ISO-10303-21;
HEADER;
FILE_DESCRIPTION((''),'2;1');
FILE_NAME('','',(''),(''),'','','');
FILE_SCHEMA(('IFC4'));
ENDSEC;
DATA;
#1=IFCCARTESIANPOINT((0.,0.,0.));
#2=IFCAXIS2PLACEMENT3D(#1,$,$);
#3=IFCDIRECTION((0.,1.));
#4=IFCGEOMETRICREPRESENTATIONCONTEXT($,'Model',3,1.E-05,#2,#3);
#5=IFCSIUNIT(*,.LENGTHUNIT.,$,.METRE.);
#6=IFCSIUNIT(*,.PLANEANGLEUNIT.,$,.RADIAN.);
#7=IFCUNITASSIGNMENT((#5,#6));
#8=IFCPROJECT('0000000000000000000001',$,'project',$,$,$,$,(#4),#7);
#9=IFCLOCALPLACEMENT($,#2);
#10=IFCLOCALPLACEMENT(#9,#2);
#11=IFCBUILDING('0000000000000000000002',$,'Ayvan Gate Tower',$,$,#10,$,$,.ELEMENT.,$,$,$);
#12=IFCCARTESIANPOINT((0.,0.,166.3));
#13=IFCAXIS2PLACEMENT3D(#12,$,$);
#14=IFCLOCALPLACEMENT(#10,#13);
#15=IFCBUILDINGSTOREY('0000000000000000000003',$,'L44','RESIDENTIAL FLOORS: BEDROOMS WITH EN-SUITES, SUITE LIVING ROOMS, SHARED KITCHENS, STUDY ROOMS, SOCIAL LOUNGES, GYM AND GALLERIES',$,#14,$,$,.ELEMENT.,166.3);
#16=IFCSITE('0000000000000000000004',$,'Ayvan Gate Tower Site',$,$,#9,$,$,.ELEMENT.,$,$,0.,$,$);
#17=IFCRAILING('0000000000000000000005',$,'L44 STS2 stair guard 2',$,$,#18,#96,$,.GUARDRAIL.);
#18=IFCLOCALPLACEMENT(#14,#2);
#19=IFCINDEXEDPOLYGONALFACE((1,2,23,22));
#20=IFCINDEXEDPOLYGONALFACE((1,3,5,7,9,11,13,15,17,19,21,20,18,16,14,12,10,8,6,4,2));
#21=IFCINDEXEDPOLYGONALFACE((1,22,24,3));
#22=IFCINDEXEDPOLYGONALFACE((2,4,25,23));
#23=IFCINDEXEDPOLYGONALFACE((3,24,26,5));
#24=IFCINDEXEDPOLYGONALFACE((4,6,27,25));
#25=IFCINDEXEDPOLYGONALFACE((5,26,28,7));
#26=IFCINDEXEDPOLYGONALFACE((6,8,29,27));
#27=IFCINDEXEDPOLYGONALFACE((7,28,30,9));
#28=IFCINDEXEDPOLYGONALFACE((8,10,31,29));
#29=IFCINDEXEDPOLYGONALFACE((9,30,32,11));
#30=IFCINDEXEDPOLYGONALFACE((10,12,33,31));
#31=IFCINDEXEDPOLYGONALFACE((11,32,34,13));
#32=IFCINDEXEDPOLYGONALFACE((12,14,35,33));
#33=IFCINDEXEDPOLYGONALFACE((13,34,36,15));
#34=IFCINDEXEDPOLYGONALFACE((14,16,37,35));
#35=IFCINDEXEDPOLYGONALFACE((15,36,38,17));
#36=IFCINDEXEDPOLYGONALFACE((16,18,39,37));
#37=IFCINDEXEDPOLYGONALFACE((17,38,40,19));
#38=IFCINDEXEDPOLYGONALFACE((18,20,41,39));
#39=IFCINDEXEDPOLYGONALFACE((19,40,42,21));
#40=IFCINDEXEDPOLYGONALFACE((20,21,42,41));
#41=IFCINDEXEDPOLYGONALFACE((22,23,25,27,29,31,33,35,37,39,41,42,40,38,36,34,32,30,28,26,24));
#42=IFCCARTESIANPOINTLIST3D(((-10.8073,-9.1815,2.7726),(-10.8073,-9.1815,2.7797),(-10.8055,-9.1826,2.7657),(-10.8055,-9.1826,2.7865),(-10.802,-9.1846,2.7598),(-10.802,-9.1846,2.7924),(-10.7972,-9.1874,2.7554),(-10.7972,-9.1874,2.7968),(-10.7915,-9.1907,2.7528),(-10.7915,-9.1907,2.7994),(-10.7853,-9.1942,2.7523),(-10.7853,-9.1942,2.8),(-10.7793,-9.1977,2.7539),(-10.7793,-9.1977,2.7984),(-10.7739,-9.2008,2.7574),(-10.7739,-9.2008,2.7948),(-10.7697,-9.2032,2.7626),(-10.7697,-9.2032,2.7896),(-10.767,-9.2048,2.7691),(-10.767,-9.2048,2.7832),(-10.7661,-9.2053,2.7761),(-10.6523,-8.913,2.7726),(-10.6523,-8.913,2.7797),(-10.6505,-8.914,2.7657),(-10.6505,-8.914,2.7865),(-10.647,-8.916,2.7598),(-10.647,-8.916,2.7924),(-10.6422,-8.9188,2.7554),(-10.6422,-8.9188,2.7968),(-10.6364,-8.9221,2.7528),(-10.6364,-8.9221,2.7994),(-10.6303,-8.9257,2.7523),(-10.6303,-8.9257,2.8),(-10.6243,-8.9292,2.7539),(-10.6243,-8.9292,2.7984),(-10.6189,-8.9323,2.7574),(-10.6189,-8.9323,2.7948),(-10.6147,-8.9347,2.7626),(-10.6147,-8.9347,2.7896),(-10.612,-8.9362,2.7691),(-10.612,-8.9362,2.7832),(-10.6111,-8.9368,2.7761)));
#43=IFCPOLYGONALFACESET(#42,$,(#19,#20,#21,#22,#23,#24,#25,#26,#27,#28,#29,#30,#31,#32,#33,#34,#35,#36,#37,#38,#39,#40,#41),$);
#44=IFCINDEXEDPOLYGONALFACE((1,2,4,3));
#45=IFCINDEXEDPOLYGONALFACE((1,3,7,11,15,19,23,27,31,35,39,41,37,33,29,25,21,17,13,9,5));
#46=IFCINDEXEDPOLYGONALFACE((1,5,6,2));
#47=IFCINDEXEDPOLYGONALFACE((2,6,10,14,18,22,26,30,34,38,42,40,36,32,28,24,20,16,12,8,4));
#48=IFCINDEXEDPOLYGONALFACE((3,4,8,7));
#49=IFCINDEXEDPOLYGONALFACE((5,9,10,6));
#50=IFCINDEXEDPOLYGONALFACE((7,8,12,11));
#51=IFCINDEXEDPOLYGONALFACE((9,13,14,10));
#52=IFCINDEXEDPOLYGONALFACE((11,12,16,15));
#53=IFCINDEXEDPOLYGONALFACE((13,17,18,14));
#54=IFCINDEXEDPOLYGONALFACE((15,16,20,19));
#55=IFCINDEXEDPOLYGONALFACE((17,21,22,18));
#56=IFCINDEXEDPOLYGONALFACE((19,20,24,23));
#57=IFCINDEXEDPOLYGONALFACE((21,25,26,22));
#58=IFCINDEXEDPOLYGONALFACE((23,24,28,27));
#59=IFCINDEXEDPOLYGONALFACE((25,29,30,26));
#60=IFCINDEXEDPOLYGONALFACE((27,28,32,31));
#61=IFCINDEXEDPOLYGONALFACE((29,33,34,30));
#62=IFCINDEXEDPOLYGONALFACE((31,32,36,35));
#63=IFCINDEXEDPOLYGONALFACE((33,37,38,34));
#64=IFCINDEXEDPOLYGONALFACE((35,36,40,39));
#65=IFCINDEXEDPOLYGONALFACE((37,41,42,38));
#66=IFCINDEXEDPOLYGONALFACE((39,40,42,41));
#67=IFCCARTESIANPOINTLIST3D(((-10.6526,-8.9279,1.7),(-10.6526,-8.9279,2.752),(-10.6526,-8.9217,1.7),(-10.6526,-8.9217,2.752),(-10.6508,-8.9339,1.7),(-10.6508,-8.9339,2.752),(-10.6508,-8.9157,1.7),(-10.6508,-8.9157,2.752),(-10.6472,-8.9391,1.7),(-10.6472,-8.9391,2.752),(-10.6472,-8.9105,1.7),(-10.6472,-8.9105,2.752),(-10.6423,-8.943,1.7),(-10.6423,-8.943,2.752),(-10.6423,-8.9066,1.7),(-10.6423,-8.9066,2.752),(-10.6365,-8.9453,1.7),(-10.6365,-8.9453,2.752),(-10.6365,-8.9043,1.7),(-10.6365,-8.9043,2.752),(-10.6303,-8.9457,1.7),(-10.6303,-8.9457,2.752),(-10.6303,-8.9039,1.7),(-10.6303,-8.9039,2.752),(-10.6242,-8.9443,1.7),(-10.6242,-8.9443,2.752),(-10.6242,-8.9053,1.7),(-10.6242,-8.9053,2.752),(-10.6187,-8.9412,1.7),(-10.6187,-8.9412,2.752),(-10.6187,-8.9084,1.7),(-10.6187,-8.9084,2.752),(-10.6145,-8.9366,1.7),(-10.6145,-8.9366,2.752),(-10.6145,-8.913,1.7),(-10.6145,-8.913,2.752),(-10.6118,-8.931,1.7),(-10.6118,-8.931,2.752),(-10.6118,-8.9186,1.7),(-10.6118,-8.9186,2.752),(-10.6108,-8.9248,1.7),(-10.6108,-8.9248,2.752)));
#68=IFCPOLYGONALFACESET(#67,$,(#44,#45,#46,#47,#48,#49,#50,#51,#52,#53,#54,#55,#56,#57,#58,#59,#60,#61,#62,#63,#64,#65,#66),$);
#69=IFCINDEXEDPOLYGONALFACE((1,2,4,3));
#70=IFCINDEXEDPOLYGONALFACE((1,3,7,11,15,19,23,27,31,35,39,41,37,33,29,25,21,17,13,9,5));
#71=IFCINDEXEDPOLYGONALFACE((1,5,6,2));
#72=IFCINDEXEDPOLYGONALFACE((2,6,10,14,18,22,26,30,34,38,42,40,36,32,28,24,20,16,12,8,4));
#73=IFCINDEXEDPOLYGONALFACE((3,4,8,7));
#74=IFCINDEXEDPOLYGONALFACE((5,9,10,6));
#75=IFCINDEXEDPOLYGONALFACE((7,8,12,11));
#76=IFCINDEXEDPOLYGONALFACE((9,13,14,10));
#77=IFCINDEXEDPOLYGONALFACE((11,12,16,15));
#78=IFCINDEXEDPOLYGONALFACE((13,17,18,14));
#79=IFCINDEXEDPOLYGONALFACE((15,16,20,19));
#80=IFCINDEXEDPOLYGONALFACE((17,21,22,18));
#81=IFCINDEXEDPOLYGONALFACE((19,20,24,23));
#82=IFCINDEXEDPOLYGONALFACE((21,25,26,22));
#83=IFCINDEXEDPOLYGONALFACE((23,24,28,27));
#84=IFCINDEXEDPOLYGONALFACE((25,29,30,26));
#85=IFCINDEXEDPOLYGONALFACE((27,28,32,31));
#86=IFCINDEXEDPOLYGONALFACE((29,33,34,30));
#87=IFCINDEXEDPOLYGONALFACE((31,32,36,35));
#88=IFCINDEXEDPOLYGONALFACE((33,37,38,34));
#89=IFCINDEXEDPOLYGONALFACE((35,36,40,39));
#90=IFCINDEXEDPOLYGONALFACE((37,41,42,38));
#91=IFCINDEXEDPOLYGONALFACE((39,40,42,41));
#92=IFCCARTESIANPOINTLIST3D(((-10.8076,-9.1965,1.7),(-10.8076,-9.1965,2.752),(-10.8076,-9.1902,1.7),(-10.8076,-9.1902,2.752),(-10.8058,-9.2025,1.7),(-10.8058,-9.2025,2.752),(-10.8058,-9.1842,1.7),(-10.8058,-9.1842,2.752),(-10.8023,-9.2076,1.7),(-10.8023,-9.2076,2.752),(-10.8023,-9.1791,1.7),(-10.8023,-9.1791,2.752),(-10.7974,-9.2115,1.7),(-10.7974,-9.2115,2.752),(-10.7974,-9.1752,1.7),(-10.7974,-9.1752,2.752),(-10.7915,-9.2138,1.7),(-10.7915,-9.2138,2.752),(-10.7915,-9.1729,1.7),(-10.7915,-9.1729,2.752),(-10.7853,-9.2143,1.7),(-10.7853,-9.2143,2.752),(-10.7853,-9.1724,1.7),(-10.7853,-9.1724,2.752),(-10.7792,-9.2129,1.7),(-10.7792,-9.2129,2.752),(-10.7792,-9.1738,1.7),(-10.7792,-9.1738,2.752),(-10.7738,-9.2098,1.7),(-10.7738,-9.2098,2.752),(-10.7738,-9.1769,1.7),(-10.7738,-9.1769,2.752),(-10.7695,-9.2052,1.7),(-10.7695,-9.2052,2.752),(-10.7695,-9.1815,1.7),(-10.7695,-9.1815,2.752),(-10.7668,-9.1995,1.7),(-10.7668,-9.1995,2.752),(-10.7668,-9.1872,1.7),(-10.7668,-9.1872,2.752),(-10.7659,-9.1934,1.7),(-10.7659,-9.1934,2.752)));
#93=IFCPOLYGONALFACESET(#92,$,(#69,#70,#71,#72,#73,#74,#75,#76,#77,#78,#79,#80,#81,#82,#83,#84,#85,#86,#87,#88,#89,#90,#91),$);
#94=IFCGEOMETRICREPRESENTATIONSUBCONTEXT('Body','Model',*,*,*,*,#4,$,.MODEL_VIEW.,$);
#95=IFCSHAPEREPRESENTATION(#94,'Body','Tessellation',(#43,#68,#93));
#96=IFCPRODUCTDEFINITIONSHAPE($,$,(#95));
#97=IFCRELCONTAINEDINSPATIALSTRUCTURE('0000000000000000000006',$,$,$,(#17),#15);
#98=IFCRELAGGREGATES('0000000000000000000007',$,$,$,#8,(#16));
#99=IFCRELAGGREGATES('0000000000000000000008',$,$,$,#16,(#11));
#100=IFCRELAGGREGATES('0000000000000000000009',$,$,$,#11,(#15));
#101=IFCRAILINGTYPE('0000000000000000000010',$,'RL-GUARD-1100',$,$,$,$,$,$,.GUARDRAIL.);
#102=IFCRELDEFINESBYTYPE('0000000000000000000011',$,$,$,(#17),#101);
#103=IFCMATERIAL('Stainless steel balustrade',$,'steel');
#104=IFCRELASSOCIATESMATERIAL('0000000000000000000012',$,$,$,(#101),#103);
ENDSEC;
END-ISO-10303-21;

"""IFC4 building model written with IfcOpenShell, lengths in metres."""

from ifc_helpers import new_model, si_unit, direction, frame, origin, origin_2d, place, context, subcontext, project, spatial, circle, extrude, material, type_object, element, save


model = new_model("IFC4")

# Units and contexts
model_context = context("Model", 3, precision=1e-05, world=origin(), true_north=direction((0.0, 1.0)))
body_context = subcontext(model_context, "Body", "Model", "MODEL_VIEW")
ifc_project = project(units=[si_unit("LENGTHUNIT", "METRE"), si_unit("PLANEANGLEUNIT", "RADIAN")], contexts=[model_context])

# Site, building, storey
site_placement = place(None, origin())
site = spatial("IfcSite", under=ifc_project, at=site_placement, Name="Ayvan Gate Tower Site", CompositionType="ELEMENT", RefElevation=0.0)
building_placement = place(site_placement, origin())
building = spatial("IfcBuilding", under=site, at=building_placement, Name="Ayvan Gate Tower", CompositionType="ELEMENT")
storey_placement = place(building_placement, frame((0.0, 0.0, 166.3)))
storey = spatial("IfcBuildingStorey", under=building, at=storey_placement, Name="L44", Description="RESIDENTIAL FLOORS: BEDROOMS WITH EN-SUITES, SUITE LIVING ROOMS, SHARED KITCHENS, STUDY ROOMS, SOCIAL LOUNGES, GYM AND GALLERIES", CompositionType="ELEMENT", Elevation=166.3)

# Railing
ifc_material_1 = material(Name="Stainless steel balustrade", Category="steel")
railing_type_1 = type_object("IfcRailingType", Name="RL-GUARD-1100", PredefinedType="GUARDRAIL", material=ifc_material_1)
railing_1_placement = place(storey_placement, frame((-10.6318, -8.9248, 1.7)))
element("IfcRailing", 1, at=railing_1_placement, inside=storey, type_object=railing_type_1, Name="L44 STS2 stair guard 2", PredefinedType="GUARDRAIL", context=body_context, shape_type="SweptSolid", body=[
    extrude(circle(Radius=0.0239, at=origin_2d()), frame((0.0, 0.0, 1.0762), z_axis=(-0.49995, -0.866054, 0.0), x_axis=(0.866054, -0.49995, 0.0)), (0.0, 0.0, 1.0), 0.3101),
    extrude(circle(Radius=0.021, at=origin_2d()), origin(), (0.0, 0.0, 1.0), 1.052),
    extrude(circle(Radius=0.021, at=origin_2d()), frame((-0.155, -0.2686, 0.0)), (0.0, 0.0, 1.0), 1.052),
])

save(model, "model.ifc")
